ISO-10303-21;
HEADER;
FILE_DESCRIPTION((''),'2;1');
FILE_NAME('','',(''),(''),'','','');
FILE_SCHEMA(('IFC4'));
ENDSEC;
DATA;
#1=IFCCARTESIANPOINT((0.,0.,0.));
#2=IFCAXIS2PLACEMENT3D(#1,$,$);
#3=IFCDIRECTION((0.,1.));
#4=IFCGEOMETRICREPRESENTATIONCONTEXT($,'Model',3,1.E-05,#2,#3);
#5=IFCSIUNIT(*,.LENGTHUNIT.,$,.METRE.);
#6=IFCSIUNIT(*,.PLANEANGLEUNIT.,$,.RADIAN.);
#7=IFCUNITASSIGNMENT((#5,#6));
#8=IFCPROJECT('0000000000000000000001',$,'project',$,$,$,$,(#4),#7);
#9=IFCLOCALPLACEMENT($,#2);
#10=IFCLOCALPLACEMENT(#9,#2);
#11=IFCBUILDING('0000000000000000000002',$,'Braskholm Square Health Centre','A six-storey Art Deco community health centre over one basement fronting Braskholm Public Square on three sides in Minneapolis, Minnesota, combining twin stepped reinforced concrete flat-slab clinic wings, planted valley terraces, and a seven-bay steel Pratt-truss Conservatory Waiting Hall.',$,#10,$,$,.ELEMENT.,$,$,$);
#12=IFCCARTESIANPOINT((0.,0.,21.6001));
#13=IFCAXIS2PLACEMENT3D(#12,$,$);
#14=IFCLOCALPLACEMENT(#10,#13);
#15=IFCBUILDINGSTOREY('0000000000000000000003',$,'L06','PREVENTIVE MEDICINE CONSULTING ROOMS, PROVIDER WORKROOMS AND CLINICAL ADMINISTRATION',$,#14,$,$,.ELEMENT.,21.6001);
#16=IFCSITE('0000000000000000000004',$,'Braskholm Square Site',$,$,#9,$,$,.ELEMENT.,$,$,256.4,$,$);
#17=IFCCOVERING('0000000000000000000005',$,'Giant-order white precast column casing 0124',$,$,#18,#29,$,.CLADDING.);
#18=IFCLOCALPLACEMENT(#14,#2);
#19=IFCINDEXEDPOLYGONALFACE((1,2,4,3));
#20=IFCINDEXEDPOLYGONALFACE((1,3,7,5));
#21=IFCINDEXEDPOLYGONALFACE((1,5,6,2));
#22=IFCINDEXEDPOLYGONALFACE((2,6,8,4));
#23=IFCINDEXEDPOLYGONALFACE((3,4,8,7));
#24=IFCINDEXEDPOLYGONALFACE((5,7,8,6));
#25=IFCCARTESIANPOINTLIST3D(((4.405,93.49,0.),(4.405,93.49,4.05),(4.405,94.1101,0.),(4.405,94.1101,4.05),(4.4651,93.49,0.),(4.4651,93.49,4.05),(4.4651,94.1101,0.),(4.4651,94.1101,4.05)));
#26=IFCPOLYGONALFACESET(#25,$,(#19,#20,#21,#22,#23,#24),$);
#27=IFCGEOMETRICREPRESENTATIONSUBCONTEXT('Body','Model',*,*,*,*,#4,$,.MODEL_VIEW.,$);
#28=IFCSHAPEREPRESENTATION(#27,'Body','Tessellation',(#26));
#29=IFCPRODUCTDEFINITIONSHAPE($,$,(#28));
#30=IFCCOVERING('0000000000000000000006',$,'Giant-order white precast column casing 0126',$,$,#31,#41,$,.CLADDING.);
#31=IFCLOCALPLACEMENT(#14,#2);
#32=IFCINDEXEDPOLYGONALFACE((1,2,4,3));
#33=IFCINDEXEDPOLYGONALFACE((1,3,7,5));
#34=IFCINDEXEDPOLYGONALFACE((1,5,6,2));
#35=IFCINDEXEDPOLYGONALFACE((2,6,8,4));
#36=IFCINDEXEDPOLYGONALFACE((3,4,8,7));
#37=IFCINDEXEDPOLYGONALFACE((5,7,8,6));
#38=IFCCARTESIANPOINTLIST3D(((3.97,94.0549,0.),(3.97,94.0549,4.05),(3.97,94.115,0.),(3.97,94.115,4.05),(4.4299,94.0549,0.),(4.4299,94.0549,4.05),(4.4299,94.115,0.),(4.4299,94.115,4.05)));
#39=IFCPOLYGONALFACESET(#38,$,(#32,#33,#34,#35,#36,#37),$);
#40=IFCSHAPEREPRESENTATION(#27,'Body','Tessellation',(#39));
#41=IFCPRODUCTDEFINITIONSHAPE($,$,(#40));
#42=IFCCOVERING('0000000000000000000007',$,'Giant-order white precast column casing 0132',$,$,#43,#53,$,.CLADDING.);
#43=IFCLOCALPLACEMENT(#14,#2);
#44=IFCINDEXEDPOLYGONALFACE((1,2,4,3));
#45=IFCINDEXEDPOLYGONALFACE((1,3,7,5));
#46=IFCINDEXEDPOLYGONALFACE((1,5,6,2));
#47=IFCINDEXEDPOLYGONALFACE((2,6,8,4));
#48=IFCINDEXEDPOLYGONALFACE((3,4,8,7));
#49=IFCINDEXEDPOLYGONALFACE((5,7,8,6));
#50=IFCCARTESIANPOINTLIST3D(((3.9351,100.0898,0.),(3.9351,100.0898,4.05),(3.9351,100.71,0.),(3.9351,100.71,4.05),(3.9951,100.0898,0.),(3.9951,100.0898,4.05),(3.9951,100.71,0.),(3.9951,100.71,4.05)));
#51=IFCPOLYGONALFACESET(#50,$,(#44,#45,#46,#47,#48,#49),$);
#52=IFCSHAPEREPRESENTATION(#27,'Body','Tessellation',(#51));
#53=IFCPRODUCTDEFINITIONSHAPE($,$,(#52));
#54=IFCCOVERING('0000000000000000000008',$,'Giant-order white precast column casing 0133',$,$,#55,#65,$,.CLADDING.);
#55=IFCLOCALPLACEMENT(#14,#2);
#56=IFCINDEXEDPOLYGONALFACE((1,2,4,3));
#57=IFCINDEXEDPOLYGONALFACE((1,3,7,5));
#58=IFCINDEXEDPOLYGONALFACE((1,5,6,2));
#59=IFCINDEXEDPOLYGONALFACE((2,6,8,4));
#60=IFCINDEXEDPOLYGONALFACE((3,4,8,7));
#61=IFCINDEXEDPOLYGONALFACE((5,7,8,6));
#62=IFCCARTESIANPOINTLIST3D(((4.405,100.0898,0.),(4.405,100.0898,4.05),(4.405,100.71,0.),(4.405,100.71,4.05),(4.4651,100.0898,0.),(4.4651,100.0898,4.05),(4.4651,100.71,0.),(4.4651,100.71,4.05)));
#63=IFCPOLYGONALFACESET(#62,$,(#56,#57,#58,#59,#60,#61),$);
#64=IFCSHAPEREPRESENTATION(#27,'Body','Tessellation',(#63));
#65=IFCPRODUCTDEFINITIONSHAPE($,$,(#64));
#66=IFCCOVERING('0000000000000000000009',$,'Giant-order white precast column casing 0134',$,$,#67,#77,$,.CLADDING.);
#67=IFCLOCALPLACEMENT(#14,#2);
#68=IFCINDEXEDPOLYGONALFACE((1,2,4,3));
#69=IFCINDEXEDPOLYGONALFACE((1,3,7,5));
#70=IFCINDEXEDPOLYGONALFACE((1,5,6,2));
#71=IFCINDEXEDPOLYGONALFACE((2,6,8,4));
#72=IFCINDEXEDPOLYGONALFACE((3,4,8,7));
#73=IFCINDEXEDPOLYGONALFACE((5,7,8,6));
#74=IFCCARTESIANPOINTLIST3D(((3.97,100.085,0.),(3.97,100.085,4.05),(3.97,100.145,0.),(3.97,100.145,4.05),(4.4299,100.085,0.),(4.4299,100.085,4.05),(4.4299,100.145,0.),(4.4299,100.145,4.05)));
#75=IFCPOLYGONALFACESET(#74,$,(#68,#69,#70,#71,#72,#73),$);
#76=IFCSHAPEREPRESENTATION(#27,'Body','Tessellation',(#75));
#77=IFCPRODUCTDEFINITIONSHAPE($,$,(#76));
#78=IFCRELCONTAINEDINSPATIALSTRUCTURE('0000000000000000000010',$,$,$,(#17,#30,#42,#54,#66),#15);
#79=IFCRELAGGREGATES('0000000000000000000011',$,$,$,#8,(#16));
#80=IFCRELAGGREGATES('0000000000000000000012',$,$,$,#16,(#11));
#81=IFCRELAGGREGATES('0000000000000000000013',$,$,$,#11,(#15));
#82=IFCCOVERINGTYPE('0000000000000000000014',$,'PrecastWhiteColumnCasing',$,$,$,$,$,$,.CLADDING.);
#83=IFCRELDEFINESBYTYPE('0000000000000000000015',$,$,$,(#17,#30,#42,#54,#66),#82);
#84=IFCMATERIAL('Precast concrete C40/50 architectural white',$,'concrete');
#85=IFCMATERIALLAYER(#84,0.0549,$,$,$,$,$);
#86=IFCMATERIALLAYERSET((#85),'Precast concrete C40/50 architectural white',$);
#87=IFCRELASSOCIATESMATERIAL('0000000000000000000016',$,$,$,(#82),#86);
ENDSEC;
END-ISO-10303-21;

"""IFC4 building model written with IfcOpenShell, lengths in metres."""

from ifc_helpers import new_model, si_unit, direction, frame, origin, origin_2d, place, context, subcontext, project, spatial, rectangle, extrude, material, layer, layer_set, type_object, element, save


model = new_model("IFC4")

# Units and contexts
model_context = context("Model", 3, precision=1e-05, world=origin(), true_north=direction((0.0, 1.0)))
body_context = subcontext(model_context, "Body", "Model", "MODEL_VIEW")
ifc_project = project(units=[si_unit("LENGTHUNIT", "METRE"), si_unit("PLANEANGLEUNIT", "RADIAN")], contexts=[model_context])

# Site, building, storey
site_placement = place(None, origin())
site = spatial("IfcSite", under=ifc_project, at=site_placement, Name="Braskholm Square Site", CompositionType="ELEMENT", RefElevation=256.4)
building_placement = place(site_placement, origin())
building = spatial("IfcBuilding", under=site, at=building_placement, Name="Braskholm Square Health Centre", Description="A six-storey Art Deco community health centre over one basement fronting Braskholm Public Square on three sides in Minneapolis, Minnesota, combining twin stepped reinforced concrete flat-slab clinic wings, planted valley terraces, and a seven-bay steel Pratt-truss Conservatory Waiting Hall.", CompositionType="ELEMENT")
storey_placement = place(building_placement, frame((0.0, 0.0, 21.6001)))
storey = spatial("IfcBuildingStorey", under=building, at=storey_placement, Name="L06", Description="PREVENTIVE MEDICINE CONSULTING ROOMS, PROVIDER WORKROOMS AND CLINICAL ADMINISTRATION", CompositionType="ELEMENT", Elevation=21.6001)

# Shared definitions
ifc_material_1 = material(Name="Precast concrete C40/50 architectural white", Category="concrete")

# Coverings
ifc_layer_1 = layer(ifc_material_1, 0.0549)
ifc_layer_set_1 = layer_set([ifc_layer_1], Name="Precast concrete C40/50 architectural white")
covering_type = type_object("IfcCoveringType", Name="PrecastWhiteColumnCasing", PredefinedType="CLADDING", material=ifc_layer_set_1)
for number, where, z_axis, x_axis, name in (
    (1, (4.4351, 93.8, 0.0), (0.0, 0.0, 1.0), (1.0, 0.0, 0.0), "Giant-order white precast column casing 0124"),
):
    element("IfcCovering", number, at=place(storey_placement, frame(where, z_axis=z_axis, x_axis=x_axis)), inside=storey, type_object=covering_type, Name=name, PredefinedType="CLADDING", context=body_context, shape_type="SweptSolid", body=[
        extrude(rectangle(XDim=0.0601, YDim=0.6201, at=origin_2d()), origin(), (0.0, 0.0, 1.0), 4.05),
    ])
covering_1_placement = place(storey_placement, frame((4.2, 94.085, 0.0), z_axis=(0.0, 0.0, 1.0), x_axis=(1.0, 0.0, 0.0)))
element("IfcCovering", 2, at=covering_1_placement, inside=storey, type_object=covering_type, Name="Giant-order white precast column casing 0126", PredefinedType="CLADDING", context=body_context, shape_type="SweptSolid", body=[
    extrude(rectangle(XDim=0.46, YDim=0.0601, at=origin_2d()), origin(), (0.0, 0.0, 1.0), 4.05),
])
for number, where, z_axis, x_axis, name in (
    (3, (3.9651, 100.3999, 0.0), (0.0, 0.0, 1.0), (1.0, 0.0, 0.0), "Giant-order white precast column casing 0132"),
    (4, (4.4351, 100.3999, 0.0), (0.0, 0.0, 1.0), (1.0, 0.0, 0.0), "Giant-order white precast column casing 0133"),
):
    element("IfcCovering", number, at=place(storey_placement, frame(where, z_axis=z_axis, x_axis=x_axis)), inside=storey, type_object=covering_type, Name=name, PredefinedType="CLADDING", context=body_context, shape_type="SweptSolid", body=[
        extrude(rectangle(XDim=0.0601, YDim=0.6201, at=origin_2d()), origin(), (0.0, 0.0, 1.0), 4.05),
    ])
covering_2_placement = place(storey_placement, frame((4.2, 100.115, 0.0), z_axis=(0.0, 0.0, 1.0), x_axis=(1.0, 0.0, 0.0)))
element("IfcCovering", 5, at=covering_2_placement, inside=storey, type_object=covering_type, Name="Giant-order white precast column casing 0134", PredefinedType="CLADDING", context=body_context, shape_type="SweptSolid", body=[
    extrude(rectangle(XDim=0.46, YDim=0.0601, at=origin_2d()), origin(), (0.0, 0.0, 1.0), 4.05),
])

save(model, "model.ifc")
